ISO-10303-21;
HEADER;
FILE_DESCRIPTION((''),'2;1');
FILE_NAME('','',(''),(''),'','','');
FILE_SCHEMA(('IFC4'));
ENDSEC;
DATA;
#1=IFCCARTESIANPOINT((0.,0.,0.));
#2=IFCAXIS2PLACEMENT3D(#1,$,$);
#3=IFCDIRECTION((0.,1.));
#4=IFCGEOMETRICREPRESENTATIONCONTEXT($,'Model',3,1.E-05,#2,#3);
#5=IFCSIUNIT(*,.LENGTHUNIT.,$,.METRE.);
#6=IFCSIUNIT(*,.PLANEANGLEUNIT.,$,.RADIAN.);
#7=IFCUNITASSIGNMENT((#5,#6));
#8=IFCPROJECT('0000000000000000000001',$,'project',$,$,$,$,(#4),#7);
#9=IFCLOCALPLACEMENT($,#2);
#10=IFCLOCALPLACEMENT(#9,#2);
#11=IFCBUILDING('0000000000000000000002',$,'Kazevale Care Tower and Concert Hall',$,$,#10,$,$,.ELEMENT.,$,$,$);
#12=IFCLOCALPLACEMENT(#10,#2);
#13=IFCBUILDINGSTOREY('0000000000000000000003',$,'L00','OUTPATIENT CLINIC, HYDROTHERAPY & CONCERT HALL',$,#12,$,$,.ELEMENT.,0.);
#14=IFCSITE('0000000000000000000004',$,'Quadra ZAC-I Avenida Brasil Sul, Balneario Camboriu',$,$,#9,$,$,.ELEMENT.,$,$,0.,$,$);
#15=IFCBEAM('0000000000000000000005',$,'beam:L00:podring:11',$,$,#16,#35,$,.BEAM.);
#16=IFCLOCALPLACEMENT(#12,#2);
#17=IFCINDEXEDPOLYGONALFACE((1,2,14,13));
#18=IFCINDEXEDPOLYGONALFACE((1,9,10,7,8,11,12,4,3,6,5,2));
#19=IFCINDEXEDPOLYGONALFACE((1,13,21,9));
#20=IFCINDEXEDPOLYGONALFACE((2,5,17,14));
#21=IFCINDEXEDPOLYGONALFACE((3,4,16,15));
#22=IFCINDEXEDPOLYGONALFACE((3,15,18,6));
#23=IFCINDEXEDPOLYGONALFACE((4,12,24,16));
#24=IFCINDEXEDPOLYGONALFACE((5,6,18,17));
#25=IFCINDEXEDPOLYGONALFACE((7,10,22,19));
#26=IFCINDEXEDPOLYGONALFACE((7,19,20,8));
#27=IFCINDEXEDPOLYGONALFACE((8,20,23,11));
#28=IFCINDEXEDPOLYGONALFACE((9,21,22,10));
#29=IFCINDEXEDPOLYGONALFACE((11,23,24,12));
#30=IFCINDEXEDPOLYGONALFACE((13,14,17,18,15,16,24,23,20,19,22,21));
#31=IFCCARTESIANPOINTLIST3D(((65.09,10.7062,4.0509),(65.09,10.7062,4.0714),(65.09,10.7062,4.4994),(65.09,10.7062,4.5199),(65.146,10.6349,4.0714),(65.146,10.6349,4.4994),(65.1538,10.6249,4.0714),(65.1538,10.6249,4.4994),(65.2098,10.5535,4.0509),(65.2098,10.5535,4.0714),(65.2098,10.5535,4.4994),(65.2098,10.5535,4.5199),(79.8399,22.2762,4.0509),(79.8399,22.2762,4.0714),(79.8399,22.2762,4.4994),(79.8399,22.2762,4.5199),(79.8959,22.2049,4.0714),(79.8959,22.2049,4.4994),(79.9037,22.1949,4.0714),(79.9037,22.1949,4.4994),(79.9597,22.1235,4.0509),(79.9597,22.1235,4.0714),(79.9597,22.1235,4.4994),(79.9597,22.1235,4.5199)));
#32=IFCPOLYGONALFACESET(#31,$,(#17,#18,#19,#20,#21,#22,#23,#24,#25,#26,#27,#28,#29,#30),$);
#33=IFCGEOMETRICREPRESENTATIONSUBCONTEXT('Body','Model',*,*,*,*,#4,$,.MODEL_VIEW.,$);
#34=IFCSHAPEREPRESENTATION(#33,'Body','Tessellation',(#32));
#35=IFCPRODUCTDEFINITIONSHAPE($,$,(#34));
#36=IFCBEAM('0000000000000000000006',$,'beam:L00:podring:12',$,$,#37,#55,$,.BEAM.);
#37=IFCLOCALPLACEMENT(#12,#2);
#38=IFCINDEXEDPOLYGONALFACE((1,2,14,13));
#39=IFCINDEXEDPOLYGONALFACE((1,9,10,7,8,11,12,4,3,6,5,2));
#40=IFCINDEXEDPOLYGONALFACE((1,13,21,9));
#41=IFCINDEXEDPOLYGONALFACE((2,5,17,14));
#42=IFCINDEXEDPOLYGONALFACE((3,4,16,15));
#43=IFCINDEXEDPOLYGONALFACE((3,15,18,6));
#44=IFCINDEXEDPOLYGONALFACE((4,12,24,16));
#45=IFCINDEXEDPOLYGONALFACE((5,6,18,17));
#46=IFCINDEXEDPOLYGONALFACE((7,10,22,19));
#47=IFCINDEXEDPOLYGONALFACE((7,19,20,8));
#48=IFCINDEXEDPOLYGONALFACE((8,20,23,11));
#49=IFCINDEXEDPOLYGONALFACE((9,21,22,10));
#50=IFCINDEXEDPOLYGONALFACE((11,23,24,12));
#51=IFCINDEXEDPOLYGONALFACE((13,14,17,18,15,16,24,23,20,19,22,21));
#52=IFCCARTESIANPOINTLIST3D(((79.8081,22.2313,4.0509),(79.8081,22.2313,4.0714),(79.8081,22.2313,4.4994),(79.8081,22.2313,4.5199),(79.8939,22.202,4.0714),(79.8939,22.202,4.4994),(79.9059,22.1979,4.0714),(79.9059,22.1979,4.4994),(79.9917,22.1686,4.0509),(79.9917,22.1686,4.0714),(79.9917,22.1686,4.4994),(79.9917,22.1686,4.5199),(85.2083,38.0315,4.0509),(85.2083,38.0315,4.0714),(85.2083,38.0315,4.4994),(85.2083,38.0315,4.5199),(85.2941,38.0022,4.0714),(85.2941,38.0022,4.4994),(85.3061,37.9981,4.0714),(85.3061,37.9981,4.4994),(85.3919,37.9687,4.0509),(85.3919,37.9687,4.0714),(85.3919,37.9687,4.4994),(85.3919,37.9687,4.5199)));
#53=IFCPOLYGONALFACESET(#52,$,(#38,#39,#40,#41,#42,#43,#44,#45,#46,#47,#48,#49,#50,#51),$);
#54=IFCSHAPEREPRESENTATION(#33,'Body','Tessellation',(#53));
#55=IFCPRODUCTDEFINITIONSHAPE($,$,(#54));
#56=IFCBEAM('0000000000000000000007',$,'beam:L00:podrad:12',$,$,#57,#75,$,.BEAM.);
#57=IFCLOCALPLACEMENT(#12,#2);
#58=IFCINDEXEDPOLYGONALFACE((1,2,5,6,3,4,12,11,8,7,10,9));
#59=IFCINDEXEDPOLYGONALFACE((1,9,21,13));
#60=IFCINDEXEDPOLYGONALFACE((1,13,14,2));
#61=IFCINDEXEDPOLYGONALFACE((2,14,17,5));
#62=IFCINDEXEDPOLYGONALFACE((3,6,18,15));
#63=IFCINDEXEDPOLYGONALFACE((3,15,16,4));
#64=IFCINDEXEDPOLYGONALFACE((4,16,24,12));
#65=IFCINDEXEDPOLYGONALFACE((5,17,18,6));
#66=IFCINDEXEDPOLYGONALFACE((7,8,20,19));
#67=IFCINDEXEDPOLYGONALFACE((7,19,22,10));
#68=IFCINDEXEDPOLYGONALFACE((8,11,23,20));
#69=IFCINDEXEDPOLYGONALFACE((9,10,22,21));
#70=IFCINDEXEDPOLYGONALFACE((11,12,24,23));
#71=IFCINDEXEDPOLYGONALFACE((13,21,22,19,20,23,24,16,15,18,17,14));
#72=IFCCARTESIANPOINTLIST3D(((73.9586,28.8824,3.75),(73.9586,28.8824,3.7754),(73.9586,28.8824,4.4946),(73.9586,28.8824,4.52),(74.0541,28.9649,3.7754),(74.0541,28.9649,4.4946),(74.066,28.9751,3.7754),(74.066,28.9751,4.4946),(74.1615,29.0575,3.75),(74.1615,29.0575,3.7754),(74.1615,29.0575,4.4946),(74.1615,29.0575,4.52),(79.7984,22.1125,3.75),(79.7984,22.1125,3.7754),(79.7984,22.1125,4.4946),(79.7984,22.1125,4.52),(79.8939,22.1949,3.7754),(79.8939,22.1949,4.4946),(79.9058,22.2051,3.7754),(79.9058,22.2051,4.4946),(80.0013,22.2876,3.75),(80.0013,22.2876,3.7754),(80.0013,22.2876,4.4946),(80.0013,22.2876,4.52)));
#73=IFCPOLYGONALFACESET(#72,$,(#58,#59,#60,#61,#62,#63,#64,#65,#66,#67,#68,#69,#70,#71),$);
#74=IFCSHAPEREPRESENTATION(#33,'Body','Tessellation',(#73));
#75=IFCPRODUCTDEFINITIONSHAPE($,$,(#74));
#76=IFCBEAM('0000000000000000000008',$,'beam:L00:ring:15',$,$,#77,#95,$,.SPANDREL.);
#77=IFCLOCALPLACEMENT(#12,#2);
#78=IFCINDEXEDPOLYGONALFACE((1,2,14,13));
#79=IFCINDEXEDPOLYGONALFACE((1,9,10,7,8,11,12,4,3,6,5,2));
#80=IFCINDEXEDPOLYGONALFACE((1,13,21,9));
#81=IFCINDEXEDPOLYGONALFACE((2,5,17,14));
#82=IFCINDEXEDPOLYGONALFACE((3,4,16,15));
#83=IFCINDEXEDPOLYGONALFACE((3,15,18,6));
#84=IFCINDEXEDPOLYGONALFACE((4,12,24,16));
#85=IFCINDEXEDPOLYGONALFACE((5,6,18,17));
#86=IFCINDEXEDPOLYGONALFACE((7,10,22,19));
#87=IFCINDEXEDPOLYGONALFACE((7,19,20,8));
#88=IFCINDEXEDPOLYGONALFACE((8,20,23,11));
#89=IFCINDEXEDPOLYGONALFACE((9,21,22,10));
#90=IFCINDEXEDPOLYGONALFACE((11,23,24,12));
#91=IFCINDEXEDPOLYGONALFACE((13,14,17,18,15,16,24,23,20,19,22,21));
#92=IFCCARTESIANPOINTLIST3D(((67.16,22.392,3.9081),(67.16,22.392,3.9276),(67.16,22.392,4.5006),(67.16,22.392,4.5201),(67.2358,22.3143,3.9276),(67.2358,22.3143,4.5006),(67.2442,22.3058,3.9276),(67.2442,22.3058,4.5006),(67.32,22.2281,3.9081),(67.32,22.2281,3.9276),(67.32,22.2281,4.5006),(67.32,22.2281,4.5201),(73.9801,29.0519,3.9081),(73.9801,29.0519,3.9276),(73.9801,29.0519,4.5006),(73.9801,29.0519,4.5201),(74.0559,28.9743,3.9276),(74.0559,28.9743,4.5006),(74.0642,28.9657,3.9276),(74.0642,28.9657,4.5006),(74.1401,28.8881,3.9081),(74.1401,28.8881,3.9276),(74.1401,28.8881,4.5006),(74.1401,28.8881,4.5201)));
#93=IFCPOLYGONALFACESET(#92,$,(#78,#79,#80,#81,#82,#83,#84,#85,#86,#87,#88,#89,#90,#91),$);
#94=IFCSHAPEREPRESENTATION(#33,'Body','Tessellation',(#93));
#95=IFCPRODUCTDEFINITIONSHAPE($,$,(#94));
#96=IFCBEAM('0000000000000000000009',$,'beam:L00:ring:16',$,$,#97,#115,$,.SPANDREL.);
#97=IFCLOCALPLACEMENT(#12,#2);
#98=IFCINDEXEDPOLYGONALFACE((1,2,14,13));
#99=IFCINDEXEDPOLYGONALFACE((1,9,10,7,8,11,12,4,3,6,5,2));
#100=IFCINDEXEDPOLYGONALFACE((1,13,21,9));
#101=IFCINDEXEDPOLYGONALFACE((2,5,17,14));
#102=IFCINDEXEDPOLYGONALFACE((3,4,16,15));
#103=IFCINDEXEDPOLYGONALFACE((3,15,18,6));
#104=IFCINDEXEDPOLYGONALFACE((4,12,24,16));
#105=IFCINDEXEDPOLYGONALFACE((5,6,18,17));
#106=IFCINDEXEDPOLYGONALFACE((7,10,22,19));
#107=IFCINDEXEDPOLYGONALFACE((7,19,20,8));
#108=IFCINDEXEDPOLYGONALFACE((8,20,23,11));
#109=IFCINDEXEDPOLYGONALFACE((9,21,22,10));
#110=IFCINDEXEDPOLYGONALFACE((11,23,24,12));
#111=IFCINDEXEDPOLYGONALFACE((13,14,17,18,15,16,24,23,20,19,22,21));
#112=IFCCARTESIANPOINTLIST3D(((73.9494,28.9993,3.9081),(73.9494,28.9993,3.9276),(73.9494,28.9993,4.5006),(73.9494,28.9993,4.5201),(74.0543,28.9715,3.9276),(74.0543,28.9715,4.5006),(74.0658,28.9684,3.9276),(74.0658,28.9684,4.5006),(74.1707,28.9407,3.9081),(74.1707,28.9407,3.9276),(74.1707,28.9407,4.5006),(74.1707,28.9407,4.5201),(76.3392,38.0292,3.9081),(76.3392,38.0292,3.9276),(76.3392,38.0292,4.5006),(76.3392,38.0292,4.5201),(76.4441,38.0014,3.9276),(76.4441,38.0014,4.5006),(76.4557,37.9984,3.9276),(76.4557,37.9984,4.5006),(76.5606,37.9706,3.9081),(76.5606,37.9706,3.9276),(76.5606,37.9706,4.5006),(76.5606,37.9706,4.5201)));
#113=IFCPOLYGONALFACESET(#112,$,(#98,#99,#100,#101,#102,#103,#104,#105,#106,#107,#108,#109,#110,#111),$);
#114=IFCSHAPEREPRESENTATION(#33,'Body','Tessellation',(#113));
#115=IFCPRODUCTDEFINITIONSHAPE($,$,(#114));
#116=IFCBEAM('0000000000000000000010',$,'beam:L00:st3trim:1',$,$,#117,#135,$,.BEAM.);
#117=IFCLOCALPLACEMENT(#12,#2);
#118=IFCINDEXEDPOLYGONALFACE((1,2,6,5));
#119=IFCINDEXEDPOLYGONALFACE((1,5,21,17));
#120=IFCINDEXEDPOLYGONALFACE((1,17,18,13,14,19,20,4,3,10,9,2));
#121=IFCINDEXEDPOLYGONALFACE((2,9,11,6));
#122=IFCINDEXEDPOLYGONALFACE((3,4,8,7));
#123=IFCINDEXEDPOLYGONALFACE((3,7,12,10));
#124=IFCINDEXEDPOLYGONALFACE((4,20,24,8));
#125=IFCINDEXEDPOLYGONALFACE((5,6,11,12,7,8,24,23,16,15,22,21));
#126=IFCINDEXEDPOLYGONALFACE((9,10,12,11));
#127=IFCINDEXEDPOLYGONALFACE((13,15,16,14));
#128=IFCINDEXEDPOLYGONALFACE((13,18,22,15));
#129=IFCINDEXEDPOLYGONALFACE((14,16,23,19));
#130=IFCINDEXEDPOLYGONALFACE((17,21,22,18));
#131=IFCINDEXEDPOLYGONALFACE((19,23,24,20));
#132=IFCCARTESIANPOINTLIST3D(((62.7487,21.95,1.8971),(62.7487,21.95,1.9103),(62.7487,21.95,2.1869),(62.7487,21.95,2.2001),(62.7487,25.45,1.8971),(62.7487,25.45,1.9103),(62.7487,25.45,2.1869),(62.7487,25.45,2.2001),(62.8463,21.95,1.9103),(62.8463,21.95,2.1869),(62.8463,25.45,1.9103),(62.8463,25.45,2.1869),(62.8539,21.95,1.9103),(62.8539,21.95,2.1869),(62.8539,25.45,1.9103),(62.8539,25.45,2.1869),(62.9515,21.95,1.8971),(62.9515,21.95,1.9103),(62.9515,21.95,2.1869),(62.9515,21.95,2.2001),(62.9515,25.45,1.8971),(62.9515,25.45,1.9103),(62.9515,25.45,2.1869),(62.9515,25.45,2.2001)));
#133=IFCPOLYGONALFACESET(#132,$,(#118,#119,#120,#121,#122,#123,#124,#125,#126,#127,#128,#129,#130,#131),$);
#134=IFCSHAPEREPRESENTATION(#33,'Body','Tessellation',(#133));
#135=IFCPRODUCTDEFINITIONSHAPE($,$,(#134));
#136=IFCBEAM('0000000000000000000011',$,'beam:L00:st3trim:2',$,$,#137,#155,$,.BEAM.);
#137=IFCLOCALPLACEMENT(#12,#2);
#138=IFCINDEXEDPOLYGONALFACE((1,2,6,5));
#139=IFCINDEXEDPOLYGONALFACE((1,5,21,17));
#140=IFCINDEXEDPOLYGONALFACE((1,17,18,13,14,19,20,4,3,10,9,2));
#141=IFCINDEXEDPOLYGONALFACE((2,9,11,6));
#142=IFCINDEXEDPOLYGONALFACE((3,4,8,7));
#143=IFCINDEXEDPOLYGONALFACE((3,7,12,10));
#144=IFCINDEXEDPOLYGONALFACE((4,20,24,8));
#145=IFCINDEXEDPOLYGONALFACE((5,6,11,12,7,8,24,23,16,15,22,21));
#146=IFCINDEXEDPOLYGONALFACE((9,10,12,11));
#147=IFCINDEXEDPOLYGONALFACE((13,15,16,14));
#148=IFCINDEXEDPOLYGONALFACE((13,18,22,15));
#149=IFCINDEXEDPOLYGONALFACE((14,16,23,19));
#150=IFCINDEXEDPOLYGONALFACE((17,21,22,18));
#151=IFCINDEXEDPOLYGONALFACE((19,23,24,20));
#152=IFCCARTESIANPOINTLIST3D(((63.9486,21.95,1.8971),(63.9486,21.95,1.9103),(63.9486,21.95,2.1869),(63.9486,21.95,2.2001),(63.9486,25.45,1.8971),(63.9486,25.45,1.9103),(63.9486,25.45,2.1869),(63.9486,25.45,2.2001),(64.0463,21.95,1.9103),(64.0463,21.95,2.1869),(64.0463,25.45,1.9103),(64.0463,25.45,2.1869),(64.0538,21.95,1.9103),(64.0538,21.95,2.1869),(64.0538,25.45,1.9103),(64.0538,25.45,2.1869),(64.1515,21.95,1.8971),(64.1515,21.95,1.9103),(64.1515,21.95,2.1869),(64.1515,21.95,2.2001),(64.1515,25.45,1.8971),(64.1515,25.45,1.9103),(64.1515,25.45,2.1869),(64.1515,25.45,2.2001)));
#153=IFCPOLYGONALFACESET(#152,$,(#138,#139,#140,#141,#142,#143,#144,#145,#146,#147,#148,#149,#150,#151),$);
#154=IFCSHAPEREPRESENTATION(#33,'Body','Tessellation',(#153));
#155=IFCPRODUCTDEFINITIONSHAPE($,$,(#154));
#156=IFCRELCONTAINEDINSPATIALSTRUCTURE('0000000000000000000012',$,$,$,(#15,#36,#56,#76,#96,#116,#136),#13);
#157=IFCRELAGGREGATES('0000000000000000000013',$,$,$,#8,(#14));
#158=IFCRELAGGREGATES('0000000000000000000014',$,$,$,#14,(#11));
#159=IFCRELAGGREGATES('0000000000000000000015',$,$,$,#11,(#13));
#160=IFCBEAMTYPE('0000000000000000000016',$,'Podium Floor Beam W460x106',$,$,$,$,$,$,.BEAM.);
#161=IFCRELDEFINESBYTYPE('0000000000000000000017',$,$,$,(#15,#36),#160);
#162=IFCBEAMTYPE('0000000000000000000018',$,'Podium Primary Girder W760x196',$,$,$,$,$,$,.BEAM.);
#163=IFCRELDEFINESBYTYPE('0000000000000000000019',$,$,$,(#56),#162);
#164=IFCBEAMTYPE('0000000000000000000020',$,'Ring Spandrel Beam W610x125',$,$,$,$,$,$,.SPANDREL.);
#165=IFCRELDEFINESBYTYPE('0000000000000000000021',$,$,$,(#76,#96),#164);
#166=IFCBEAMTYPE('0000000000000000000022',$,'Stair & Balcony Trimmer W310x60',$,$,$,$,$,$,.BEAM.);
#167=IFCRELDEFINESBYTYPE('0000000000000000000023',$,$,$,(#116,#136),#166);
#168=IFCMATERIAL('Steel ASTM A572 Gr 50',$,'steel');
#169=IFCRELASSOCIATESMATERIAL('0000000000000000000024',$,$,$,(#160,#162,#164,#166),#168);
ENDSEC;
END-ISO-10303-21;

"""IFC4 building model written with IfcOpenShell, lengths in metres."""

from ifc_helpers import new_model, si_unit, direction, frame, origin, origin_2d, place, context, subcontext, project, spatial, i_section, extrude, material, material_profile, profile_set, type_object, element, save


model = new_model("IFC4")

# Units and contexts
model_context = context("Model", 3, precision=1e-05, world=origin(), true_north=direction((0.0, 1.0)))
body_context = subcontext(model_context, "Body", "Model", "MODEL_VIEW")
ifc_project = project(units=[si_unit("LENGTHUNIT", "METRE"), si_unit("PLANEANGLEUNIT", "RADIAN")], contexts=[model_context])

# Site, building, storey
site_placement = place(None, origin())
site = spatial("IfcSite", under=ifc_project, at=site_placement, Name="Quadra ZAC-I Avenida Brasil Sul, Balneario Camboriu", CompositionType="ELEMENT", RefElevation=0.0)
building_placement = place(site_placement, origin())
building = spatial("IfcBuilding", under=site, at=building_placement, Name="Kazevale Care Tower and Concert Hall", CompositionType="ELEMENT")
storey_placement = place(building_placement, origin())
storey = spatial("IfcBuildingStorey", under=building, at=storey_placement, Name="L00", Description="OUTPATIENT CLINIC, HYDROTHERAPY & CONCERT HALL", CompositionType="ELEMENT", Elevation=0.0)

# Beams
ifc_material_1 = material(Name="Steel ASTM A572 Gr 50", Category="steel")
ifc_material_profile_1 = material_profile(ifc_material_1, i_section(OverallWidth=0.1941, OverallDepth=0.469, WebThickness=0.0127, FlangeThickness=0.0205, at=origin_2d()), Name="W460x106")
ifc_profile_set_1 = profile_set([ifc_material_profile_1], Name="Steel ASTM A572 Gr 50")
beam_type_1 = type_object("IfcBeamType", Name="Podium Floor Beam W460x106", PredefinedType="BEAM", material=ifc_profile_set_1)
beam_1_placement = place(storey_placement, frame((65.1499, 10.6299, 4.2854), z_axis=(0.786816, 0.617188, 0.0), x_axis=(-0.617188, 0.786816, 0.0)))
element("IfcBeam", 1, at=beam_1_placement, inside=storey, type_object=beam_type_1, Name="beam:L00:podring:11", PredefinedType="BEAM", context=body_context, shape_type="SweptSolid", body=[
    extrude(i_section(OverallWidth=0.1941, OverallDepth=0.469, WebThickness=0.0127, FlangeThickness=0.0205, at=origin_2d()), origin(), (0.0, 0.0, 1.0), 18.7463),
])
beam_2_placement = place(storey_placement, frame((79.8999, 22.2, 4.2854), z_axis=(0.323412, 0.946258, 0.0), x_axis=(-0.946258, 0.323412, 0.0)))
element("IfcBeam", 2, at=beam_2_placement, inside=storey, type_object=beam_type_1, Name="beam:L00:podring:12", PredefinedType="BEAM", context=body_context, shape_type="SweptSolid", body=[
    extrude(i_section(OverallWidth=0.1941, OverallDepth=0.469, WebThickness=0.0127, FlangeThickness=0.0205, at=origin_2d()), origin(), (0.0, 0.0, 1.0), 16.6975),
])
ifc_material_profile_2 = material_profile(ifc_material_1, i_section(OverallWidth=0.2681, OverallDepth=0.77, WebThickness=0.0156, FlangeThickness=0.0254, at=origin_2d()), Name="W760x196")
ifc_profile_set_2 = profile_set([ifc_material_profile_2], Name="Steel ASTM A572 Gr 50")
beam_type_2 = type_object("IfcBeamType", Name="Podium Primary Girder W760x196", PredefinedType="BEAM", material=ifc_profile_set_2)
beam_3_placement = place(storey_placement, frame((74.0601, 28.97, 4.135), z_axis=(0.653172, -0.75721, 0.0), x_axis=(0.75721, 0.653172, 0.0)))
element("IfcBeam", 3, at=beam_3_placement, inside=storey, type_object=beam_type_2, Name="beam:L00:podrad:12", PredefinedType="BEAM", context=body_context, shape_type="SweptSolid", body=[
    extrude(i_section(OverallWidth=0.2681, OverallDepth=0.77, WebThickness=0.0156, FlangeThickness=0.0254, at=origin_2d()), origin(), (0.0, 0.0, 1.0), 8.9407),
])
ifc_material_profile_3 = material_profile(ifc_material_1, i_section(OverallWidth=0.229, OverallDepth=0.6121, WebThickness=0.012, FlangeThickness=0.0195, at=origin_2d()), Name="W610x125")
ifc_profile_set_3 = profile_set([ifc_material_profile_3], Name="Steel ASTM A572 Gr 50")
beam_type_3 = type_object("IfcBeamType", Name="Ring Spandrel Beam W610x125", PredefinedType="SPANDREL", material=ifc_profile_set_3)
beam_4_placement = place(storey_placement, frame((67.24, 22.3101, 4.2141), z_axis=(0.715457, 0.698656, 0.0), x_axis=(-0.698656, 0.715457, 0.0)))
element("IfcBeam", 4, at=beam_4_placement, inside=storey, type_object=beam_type_3, Name="beam:L00:ring:15", PredefinedType="SPANDREL", context=body_context, shape_type="SweptSolid", body=[
    extrude(i_section(OverallWidth=0.229, OverallDepth=0.6121, WebThickness=0.012, FlangeThickness=0.0195, at=origin_2d()), origin(), (0.0, 0.0, 1.0), 9.5325),
])
beam_5_placement = place(storey_placement, frame((74.0601, 28.97, 4.2141), z_axis=(0.255852, 0.966716, 0.0), x_axis=(-0.966716, 0.255852, 0.0)))
element("IfcBeam", 5, at=beam_5_placement, inside=storey, type_object=beam_type_3, Name="beam:L00:ring:16", PredefinedType="SPANDREL", context=body_context, shape_type="SweptSolid", body=[
    extrude(i_section(OverallWidth=0.229, OverallDepth=0.6121, WebThickness=0.012, FlangeThickness=0.0195, at=origin_2d()), origin(), (0.0, 0.0, 1.0), 9.3408),
])
ifc_material_profile_4 = material_profile(ifc_material_1, i_section(OverallWidth=0.2029, OverallDepth=0.303, WebThickness=0.0076, FlangeThickness=0.0132, at=origin_2d()), Name="W310x60")
ifc_profile_set_4 = profile_set([ifc_material_profile_4], Name="Steel ASTM A572 Gr 50")
beam_type_4 = type_object("IfcBeamType", Name="Stair & Balcony Trimmer W310x60", PredefinedType="BEAM", material=ifc_profile_set_4)
for number, where, z_axis, x_axis, name in (
    (6, (62.8501, 21.95, 2.0486), (0.0, 1.0, 0.0), (-1.0, 0.0, 0.0), "beam:L00:st3trim:1"),
    (7, (64.05, 21.95, 2.0486), (0.0, 1.0, 0.0), (-1.0, 0.0, 0.0), "beam:L00:st3trim:2"),
):
    element("IfcBeam", number, at=place(storey_placement, frame(where, z_axis=z_axis, x_axis=x_axis)), inside=storey, type_object=beam_type_4, Name=name, PredefinedType="BEAM", context=body_context, shape_type="SweptSolid", body=[
        extrude(i_section(OverallWidth=0.2029, OverallDepth=0.303, WebThickness=0.0076, FlangeThickness=0.0132, at=origin_2d()), origin(), (0.0, 0.0, 1.0), 3.5),
    ])

save(model, "model.ifc")
